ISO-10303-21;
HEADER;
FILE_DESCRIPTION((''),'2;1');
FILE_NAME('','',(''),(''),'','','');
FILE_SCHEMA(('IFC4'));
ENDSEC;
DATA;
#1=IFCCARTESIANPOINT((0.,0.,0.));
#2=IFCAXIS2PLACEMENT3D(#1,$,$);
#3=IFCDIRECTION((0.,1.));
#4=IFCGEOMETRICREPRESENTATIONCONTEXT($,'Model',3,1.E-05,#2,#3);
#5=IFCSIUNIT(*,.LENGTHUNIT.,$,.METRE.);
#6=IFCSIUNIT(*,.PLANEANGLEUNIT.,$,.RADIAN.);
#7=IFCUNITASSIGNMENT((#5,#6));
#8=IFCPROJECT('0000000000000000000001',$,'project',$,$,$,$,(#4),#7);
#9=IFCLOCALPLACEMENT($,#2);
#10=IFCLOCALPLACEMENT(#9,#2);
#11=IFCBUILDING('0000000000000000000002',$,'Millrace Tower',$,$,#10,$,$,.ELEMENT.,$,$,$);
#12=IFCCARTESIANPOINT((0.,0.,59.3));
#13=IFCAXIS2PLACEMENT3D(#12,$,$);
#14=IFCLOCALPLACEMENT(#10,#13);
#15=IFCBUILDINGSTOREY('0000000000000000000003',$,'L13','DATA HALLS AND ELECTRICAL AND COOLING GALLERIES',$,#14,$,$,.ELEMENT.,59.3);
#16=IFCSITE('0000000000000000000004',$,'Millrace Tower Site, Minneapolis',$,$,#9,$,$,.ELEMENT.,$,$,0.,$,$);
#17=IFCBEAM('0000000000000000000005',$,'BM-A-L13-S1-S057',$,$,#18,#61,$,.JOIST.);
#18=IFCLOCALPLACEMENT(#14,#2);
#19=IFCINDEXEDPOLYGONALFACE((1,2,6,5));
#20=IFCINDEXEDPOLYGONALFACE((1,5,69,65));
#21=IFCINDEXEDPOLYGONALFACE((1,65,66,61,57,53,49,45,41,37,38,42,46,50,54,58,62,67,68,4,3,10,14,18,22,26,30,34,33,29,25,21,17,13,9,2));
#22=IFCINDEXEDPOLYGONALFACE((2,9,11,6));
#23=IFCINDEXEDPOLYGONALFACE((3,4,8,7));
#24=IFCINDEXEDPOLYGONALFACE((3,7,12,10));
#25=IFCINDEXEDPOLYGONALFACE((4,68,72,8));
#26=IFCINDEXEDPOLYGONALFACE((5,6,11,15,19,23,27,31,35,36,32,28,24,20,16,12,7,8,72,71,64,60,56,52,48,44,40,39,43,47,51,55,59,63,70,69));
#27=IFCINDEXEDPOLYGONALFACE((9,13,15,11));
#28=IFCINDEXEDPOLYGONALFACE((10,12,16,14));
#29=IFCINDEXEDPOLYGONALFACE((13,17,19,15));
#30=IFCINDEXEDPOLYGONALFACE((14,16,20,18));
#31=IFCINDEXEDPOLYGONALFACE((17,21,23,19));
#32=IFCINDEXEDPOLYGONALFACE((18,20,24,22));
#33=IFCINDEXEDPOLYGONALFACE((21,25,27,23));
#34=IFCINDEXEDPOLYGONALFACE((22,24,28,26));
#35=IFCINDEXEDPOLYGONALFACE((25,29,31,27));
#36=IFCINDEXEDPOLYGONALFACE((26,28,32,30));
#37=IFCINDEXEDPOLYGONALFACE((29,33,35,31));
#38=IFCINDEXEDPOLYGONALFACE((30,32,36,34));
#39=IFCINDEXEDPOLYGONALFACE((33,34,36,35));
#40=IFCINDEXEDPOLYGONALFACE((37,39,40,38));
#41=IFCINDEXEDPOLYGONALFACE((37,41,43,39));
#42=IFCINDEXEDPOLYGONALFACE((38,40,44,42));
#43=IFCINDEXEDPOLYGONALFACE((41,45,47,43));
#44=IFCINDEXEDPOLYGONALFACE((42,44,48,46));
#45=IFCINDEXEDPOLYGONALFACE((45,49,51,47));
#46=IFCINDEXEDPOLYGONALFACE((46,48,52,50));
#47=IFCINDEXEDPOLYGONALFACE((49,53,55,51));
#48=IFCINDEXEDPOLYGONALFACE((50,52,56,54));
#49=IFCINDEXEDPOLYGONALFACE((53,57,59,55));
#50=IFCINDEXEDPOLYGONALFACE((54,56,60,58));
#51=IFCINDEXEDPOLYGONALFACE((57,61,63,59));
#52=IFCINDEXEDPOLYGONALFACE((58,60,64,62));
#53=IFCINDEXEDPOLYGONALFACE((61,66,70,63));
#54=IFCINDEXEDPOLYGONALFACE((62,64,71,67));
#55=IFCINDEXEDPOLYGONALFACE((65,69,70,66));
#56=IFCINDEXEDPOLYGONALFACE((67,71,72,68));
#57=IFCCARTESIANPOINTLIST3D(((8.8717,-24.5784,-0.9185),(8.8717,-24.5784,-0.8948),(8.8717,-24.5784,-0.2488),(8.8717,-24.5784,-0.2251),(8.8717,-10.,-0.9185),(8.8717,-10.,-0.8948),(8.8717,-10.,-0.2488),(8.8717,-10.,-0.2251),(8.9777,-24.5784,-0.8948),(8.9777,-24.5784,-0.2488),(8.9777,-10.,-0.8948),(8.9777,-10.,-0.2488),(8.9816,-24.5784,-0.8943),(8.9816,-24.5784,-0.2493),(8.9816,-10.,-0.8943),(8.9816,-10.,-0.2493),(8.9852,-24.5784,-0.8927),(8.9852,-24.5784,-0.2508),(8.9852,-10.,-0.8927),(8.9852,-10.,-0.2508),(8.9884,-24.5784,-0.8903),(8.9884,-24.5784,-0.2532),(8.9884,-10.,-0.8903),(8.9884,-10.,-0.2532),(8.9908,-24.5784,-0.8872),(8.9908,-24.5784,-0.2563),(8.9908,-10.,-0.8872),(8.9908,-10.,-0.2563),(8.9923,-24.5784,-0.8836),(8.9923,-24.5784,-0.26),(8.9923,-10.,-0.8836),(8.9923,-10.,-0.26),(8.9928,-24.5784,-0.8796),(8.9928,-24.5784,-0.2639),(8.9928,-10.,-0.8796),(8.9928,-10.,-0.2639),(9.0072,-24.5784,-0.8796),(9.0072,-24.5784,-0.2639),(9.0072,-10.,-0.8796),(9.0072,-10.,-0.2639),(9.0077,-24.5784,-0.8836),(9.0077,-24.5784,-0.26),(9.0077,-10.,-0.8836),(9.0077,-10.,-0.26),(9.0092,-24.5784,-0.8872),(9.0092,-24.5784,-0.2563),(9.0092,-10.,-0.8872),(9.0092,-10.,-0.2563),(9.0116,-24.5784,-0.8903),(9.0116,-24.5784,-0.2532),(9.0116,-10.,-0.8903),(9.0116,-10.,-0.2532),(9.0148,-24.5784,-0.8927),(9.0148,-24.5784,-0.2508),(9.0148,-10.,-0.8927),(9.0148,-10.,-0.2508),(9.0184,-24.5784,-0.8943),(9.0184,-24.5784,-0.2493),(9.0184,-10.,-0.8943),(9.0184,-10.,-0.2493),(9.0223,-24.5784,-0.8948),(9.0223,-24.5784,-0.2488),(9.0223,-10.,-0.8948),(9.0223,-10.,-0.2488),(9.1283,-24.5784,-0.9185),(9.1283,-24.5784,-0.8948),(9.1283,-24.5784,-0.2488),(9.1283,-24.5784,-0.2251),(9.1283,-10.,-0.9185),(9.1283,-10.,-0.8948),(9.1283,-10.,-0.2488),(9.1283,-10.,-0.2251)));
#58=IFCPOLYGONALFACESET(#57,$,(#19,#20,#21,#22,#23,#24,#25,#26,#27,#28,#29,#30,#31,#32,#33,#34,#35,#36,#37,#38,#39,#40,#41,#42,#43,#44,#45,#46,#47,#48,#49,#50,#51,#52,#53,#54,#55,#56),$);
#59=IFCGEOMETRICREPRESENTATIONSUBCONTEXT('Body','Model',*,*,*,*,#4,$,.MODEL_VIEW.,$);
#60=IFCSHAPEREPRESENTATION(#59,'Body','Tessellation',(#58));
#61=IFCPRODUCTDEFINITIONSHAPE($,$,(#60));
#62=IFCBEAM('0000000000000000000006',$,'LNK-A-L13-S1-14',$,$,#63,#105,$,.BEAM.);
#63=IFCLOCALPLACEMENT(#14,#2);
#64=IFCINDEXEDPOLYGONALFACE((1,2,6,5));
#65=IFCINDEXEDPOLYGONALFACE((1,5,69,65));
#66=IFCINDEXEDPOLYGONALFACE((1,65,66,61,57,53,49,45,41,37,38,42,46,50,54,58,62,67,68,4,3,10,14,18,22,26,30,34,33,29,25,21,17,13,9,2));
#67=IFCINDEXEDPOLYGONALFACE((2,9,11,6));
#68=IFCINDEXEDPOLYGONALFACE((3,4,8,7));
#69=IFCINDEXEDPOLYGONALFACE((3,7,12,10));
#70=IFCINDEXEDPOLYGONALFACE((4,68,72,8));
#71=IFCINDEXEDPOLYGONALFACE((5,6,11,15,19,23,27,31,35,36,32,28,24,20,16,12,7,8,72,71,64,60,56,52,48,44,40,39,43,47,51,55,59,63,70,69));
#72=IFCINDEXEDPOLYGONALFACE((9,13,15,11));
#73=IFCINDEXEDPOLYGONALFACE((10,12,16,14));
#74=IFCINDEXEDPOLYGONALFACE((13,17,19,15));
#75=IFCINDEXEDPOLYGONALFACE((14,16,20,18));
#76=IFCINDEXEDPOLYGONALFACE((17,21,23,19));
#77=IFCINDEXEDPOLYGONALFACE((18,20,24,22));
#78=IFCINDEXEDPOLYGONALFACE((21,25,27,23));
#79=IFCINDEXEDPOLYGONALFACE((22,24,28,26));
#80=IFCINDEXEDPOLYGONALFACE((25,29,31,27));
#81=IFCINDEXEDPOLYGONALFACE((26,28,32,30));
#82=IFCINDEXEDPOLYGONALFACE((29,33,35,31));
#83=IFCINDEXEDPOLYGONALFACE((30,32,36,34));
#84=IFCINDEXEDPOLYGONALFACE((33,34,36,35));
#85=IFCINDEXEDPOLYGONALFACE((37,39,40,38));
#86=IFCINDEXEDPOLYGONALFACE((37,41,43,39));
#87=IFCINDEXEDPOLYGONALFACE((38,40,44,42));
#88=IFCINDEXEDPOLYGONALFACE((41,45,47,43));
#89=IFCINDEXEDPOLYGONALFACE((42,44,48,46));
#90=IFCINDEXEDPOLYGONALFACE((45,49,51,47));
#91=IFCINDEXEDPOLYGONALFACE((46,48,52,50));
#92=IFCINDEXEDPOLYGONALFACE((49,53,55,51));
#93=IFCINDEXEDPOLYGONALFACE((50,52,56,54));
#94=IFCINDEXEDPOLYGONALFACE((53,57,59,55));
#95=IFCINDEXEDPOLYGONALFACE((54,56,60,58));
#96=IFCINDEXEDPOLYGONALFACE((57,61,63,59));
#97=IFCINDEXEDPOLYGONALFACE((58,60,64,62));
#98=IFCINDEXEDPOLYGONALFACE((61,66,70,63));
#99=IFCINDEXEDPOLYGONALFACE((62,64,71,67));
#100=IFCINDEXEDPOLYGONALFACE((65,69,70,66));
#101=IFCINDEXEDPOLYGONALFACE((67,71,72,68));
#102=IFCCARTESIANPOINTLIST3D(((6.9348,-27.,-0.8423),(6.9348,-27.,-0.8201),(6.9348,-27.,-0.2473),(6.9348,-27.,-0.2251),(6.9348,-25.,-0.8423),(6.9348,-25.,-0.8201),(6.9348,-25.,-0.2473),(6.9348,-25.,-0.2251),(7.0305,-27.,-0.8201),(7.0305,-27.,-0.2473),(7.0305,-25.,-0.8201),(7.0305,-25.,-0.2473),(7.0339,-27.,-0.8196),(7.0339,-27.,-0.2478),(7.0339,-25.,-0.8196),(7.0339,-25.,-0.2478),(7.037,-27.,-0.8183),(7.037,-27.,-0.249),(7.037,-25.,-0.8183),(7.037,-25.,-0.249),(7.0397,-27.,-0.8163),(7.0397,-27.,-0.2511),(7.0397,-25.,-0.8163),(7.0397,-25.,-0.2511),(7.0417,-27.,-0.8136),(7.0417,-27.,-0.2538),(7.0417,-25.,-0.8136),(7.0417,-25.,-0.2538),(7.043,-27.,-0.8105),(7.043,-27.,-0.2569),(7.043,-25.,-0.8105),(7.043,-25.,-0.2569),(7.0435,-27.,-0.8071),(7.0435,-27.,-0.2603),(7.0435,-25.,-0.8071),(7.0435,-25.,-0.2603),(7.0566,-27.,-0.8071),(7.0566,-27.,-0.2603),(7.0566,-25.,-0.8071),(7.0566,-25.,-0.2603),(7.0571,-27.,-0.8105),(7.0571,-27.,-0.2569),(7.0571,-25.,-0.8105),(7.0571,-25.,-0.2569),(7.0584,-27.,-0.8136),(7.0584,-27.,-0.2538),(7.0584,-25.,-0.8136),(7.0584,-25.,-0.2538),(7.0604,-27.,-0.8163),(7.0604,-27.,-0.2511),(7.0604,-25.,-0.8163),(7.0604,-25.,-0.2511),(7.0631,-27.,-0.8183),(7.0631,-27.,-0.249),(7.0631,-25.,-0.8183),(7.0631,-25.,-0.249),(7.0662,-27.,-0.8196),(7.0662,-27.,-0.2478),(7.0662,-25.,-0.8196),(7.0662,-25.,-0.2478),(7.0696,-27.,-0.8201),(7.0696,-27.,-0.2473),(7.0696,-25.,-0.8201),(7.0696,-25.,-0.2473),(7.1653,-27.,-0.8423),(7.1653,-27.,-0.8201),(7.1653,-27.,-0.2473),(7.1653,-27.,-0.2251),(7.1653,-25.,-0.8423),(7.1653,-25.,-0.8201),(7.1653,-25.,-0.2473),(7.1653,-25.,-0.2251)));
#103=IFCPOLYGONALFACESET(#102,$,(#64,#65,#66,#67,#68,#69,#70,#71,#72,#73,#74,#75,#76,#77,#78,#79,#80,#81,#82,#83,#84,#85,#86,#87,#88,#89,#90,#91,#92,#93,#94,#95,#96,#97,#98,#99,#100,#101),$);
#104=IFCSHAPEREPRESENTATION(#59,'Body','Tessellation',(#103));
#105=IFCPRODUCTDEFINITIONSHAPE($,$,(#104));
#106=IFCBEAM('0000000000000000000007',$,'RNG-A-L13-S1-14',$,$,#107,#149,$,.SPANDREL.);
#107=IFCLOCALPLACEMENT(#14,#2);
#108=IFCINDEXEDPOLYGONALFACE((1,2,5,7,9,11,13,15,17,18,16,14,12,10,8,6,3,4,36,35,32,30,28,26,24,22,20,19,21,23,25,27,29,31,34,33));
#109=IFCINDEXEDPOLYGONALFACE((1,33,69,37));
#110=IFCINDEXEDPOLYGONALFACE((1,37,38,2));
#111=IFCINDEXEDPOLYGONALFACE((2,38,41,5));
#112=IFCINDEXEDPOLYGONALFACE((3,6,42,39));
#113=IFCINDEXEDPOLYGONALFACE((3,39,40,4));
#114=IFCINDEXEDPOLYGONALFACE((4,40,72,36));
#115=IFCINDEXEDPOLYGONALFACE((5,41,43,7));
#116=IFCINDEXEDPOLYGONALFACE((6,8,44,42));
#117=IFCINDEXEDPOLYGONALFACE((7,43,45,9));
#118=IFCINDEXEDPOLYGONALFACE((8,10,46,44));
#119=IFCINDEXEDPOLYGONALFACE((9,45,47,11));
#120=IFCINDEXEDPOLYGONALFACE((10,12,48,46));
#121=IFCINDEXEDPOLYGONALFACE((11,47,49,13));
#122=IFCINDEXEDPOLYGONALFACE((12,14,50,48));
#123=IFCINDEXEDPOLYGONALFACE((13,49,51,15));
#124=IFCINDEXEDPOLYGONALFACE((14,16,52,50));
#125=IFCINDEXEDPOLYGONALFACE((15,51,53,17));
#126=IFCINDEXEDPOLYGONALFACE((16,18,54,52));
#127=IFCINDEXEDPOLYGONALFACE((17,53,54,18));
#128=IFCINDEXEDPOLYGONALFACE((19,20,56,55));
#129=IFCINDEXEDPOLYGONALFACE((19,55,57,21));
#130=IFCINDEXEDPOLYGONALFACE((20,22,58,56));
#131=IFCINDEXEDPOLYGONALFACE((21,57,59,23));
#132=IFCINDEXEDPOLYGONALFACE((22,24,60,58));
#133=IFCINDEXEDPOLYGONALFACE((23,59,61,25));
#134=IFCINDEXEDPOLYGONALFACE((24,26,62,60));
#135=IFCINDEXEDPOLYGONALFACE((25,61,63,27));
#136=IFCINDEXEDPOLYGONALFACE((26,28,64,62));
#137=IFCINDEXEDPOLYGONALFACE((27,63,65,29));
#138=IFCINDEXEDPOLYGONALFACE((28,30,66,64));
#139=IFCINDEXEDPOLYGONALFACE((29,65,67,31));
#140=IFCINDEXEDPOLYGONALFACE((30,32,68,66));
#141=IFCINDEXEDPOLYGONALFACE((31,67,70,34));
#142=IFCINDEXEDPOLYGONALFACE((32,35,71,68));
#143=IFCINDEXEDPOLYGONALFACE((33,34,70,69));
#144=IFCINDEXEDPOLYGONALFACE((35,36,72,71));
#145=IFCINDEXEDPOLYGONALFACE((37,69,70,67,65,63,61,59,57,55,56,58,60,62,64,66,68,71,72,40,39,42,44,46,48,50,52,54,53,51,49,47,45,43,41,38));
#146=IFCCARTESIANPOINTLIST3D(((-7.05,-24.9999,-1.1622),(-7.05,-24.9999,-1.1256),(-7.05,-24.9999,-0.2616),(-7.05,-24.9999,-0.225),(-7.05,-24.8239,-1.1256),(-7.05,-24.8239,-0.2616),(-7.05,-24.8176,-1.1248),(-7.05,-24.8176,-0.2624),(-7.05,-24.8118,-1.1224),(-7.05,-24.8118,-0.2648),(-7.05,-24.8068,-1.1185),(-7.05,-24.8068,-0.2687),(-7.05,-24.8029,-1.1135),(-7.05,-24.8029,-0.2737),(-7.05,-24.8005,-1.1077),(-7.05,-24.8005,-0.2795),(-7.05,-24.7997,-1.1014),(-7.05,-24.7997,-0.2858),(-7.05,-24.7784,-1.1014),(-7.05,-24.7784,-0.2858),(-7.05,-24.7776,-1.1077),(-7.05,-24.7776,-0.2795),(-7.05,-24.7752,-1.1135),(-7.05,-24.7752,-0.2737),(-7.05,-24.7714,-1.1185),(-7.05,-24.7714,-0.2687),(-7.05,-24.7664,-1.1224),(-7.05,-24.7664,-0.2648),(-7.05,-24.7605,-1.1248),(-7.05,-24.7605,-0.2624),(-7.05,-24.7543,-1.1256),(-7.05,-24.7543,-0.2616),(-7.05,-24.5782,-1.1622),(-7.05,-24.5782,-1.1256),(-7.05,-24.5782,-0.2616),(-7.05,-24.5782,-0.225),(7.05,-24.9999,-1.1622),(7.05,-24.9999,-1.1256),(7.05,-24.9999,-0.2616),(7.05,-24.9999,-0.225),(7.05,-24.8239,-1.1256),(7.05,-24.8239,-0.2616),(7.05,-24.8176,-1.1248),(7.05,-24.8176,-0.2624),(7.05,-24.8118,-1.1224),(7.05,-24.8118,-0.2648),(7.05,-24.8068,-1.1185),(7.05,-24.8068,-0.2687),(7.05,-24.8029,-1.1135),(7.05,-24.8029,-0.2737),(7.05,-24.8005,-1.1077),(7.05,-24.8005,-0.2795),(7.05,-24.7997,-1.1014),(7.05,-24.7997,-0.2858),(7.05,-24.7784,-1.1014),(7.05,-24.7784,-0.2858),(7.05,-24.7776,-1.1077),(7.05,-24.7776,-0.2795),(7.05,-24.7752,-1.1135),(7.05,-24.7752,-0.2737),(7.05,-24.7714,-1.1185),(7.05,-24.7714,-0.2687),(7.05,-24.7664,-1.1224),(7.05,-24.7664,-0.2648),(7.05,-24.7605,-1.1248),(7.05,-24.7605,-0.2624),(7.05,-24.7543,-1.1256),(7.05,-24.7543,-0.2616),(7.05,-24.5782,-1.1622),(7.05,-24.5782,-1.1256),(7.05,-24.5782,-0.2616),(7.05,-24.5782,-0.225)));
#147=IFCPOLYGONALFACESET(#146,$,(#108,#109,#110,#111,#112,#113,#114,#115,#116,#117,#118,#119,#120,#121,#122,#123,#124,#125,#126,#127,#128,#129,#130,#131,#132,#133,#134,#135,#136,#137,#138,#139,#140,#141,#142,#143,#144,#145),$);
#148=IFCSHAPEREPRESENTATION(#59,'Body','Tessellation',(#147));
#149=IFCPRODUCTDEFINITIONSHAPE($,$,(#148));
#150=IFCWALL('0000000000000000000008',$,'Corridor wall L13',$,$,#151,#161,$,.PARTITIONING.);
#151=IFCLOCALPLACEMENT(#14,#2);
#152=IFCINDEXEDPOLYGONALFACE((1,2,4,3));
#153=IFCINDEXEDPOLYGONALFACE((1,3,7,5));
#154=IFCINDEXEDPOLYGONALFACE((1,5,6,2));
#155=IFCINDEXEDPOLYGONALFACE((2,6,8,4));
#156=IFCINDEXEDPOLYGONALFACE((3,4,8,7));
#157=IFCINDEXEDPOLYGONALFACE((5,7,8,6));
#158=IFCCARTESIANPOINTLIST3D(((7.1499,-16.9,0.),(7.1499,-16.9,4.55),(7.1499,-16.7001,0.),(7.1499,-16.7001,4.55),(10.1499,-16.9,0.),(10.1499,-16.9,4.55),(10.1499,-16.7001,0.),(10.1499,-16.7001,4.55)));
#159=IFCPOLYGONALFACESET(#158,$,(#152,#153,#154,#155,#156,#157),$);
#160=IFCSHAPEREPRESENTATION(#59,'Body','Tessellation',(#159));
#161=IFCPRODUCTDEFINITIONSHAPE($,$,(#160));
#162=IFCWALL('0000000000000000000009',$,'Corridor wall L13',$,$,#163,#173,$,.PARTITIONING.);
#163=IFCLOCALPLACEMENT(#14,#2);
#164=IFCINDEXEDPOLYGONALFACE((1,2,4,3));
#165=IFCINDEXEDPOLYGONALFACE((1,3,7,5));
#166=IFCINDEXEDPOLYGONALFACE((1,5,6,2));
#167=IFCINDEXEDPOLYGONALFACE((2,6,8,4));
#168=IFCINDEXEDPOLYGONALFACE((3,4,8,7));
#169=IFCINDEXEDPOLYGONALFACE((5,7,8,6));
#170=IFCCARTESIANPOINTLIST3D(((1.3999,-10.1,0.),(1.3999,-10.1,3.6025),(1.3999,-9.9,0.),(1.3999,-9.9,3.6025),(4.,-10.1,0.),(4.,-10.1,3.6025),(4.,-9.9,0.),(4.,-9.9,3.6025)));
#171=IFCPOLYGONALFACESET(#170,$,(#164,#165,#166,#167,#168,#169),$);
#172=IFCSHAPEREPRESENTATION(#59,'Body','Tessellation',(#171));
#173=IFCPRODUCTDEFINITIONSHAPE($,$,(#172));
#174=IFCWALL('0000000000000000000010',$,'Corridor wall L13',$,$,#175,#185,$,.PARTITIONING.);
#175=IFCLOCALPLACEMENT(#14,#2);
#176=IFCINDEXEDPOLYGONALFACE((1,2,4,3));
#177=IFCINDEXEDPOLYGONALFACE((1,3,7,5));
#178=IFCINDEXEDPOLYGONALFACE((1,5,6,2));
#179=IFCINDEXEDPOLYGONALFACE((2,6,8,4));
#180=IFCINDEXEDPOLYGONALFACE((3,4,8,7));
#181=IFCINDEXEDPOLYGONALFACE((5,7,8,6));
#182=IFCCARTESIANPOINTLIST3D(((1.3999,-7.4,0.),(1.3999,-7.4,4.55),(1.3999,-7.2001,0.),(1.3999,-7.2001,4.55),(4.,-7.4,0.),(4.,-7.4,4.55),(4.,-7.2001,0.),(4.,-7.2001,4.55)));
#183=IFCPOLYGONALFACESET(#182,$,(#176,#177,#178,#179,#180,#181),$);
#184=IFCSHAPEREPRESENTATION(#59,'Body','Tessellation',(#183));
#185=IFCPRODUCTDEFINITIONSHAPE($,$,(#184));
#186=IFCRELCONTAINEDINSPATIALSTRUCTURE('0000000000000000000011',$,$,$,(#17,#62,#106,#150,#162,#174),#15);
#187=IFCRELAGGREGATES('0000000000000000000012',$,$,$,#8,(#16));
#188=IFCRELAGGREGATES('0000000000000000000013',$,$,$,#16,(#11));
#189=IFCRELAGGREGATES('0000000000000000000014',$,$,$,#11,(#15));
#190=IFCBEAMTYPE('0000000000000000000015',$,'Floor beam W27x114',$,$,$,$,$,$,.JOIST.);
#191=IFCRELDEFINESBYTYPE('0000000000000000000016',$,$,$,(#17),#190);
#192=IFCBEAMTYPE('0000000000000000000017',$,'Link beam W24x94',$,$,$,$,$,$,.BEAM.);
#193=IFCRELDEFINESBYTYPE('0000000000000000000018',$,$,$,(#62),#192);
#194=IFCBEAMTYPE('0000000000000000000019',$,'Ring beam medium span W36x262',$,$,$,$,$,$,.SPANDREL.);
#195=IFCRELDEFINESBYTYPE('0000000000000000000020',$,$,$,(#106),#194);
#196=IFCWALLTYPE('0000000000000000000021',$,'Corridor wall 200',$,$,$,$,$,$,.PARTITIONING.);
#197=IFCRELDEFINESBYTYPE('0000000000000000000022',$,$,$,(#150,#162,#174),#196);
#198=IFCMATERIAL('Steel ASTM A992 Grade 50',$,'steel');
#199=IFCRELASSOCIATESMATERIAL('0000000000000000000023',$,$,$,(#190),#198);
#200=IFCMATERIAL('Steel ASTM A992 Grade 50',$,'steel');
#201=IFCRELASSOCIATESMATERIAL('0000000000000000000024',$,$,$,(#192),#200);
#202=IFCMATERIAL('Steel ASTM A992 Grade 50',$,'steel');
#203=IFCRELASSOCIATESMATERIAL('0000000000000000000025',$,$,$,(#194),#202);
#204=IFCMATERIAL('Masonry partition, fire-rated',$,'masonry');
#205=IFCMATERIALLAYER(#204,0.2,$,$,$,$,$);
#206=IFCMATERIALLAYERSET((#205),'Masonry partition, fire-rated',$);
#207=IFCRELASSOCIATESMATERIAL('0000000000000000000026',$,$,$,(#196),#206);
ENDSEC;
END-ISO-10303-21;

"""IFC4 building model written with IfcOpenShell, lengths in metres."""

from ifc_helpers import new_model, si_unit, direction, frame, frame_2d, origin, origin_2d, place, context, subcontext, project, spatial, rectangle, i_section, extrude, material, layer, layer_set, material_profile, profile_set, type_object, element, save


model = new_model("IFC4")

# Units and contexts
model_context = context("Model", 3, precision=1e-05, world=origin(), true_north=direction((0.0, 1.0)))
body_context = subcontext(model_context, "Body", "Model", "MODEL_VIEW")
ifc_project = project(units=[si_unit("LENGTHUNIT", "METRE"), si_unit("PLANEANGLEUNIT", "RADIAN")], contexts=[model_context])

# Site, building, storey
site_placement = place(None, origin())
site = spatial("IfcSite", under=ifc_project, at=site_placement, Name="Millrace Tower Site, Minneapolis", CompositionType="ELEMENT", RefElevation=0.0)
building_placement = place(site_placement, origin())
building = spatial("IfcBuilding", under=site, at=building_placement, Name="Millrace Tower", CompositionType="ELEMENT")
storey_placement = place(building_placement, frame((0.0, 0.0, 59.3)))
storey = spatial("IfcBuildingStorey", under=building, at=storey_placement, Name="L13", Description="DATA HALLS AND ELECTRICAL AND COOLING GALLERIES", CompositionType="ELEMENT", Elevation=59.3)

# Beams
ifc_material_1 = material(Name="Steel ASTM A992 Grade 50", Category="steel")
ifc_material_profile_1 = material_profile(ifc_material_1, i_section(OverallWidth=0.2566, OverallDepth=0.6934, WebThickness=0.0144, FlangeThickness=0.0237, FilletRadius=0.0151, at=origin_2d()))
ifc_profile_set_1 = profile_set([ifc_material_profile_1], Name="Steel ASTM A992 Grade 50")
beam_type_1 = type_object("IfcBeamType", Name="Floor beam W27x114", PredefinedType="JOIST", material=ifc_profile_set_1)
for number, where, z_axis, x_axis, name in (
    (1, (9.0, -24.5784, -0.5718), (0.0, 1.0, 0.0), (-1.0, 0.0, 0.0), "BM-A-L13-S1-S057"),
):
    element("IfcBeam", number, at=place(storey_placement, frame(where, z_axis=z_axis, x_axis=x_axis)), inside=storey, type_object=beam_type_1, Name=name, PredefinedType="JOIST", context=body_context, shape_type="SweptSolid", body=[
        extrude(i_section(OverallWidth=0.2566, OverallDepth=0.6934, WebThickness=0.0144, FlangeThickness=0.0237, FilletRadius=0.0151, at=origin_2d()), origin(), (0.0, 0.0, 1.0), 14.5784),
    ])
ifc_material_2 = material(Name="Steel ASTM A992 Grade 50", Category="steel")
ifc_material_profile_2 = material_profile(ifc_material_2, i_section(OverallWidth=0.2305, OverallDepth=0.6172, WebThickness=0.0132, FlangeThickness=0.0222, FilletRadius=0.0129, at=origin_2d()))
ifc_profile_set_2 = profile_set([ifc_material_profile_2], Name="Steel ASTM A992 Grade 50")
beam_type_2 = type_object("IfcBeamType", Name="Link beam W24x94", PredefinedType="BEAM", material=ifc_profile_set_2)
beam_1_placement = place(storey_placement, frame((7.05, -25.0, -0.5337), z_axis=(0.0, -1.0, 0.0), x_axis=(1.0, 0.0, 0.0)))
element("IfcBeam", 2, at=beam_1_placement, inside=storey, type_object=beam_type_2, Name="LNK-A-L13-S1-14", PredefinedType="BEAM", context=body_context, shape_type="SweptSolid", body=[
    extrude(i_section(OverallWidth=0.2305, OverallDepth=0.6172, WebThickness=0.0132, FlangeThickness=0.0222, FilletRadius=0.0129, at=origin_2d()), origin(), (0.0, 0.0, 1.0), 2.0),
])
ifc_material_3 = material(Name="Steel ASTM A992 Grade 50", Category="steel")
ifc_material_profile_3 = material_profile(ifc_material_3, i_section(OverallWidth=0.4216, OverallDepth=0.9373, WebThickness=0.0212, FlangeThickness=0.0366, FilletRadius=0.0242, at=origin_2d()))
ifc_profile_set_3 = profile_set([ifc_material_profile_3], Name="Steel ASTM A992 Grade 50")
beam_type_3 = type_object("IfcBeamType", Name="Ring beam medium span W36x262", PredefinedType="SPANDREL", material=ifc_profile_set_3)
beam_2_placement = place(storey_placement, frame((7.05, -24.7891, -0.6936), z_axis=(-1.0, 0.0, 0.0), x_axis=(0.0, -1.0, 0.0)))
element("IfcBeam", 3, at=beam_2_placement, inside=storey, type_object=beam_type_3, Name="RNG-A-L13-S1-14", PredefinedType="SPANDREL", context=body_context, shape_type="SweptSolid", body=[
    extrude(i_section(OverallWidth=0.4216, OverallDepth=0.9373, WebThickness=0.0212, FlangeThickness=0.0366, FilletRadius=0.0242, at=origin_2d()), origin(), (0.0, 0.0, 1.0), 14.1001),
])

# Walls
ifc_material_4 = material(Name="Masonry partition, fire-rated", Category="masonry")
ifc_layer_1 = layer(ifc_material_4, 0.2)
ifc_layer_set_1 = layer_set([ifc_layer_1], Name="Masonry partition, fire-rated")
wall_type = type_object("IfcWallType", Name="Corridor wall 200", PredefinedType="PARTITIONING", material=ifc_layer_set_1)
wall_1_placement = place(storey_placement, frame((7.1499, -16.8, 0.0), z_axis=(0.0, 0.0, 1.0), x_axis=(1.0, 0.0, 0.0)))
element("IfcWall", 4, at=wall_1_placement, inside=storey, type_object=wall_type, Name="Corridor wall L13", PredefinedType="PARTITIONING", context=body_context, shape_type="SweptSolid", body=[
    extrude(rectangle(XDim=3.0, YDim=0.2, at=frame_2d((1.5, 0.0))), origin(), (0.0, 0.0, 1.0), 4.55),
])
wall_2_placement = place(storey_placement, frame((1.3999, -10.0, 0.0), z_axis=(0.0, 0.0, 1.0), x_axis=(1.0, 0.0, 0.0)))
element("IfcWall", 5, at=wall_2_placement, inside=storey, type_object=wall_type, Name="Corridor wall L13", PredefinedType="PARTITIONING", context=body_context, shape_type="SweptSolid", body=[
    extrude(rectangle(XDim=2.6001, YDim=0.2, at=frame_2d((1.3, 0.0))), origin(), (0.0, 0.0, 1.0), 3.6025),
])
wall_3_placement = place(storey_placement, frame((1.3999, -7.3, 0.0), z_axis=(0.0, 0.0, 1.0), x_axis=(1.0, 0.0, 0.0)))
element("IfcWall", 6, at=wall_3_placement, inside=storey, type_object=wall_type, Name="Corridor wall L13", PredefinedType="PARTITIONING", context=body_context, shape_type="SweptSolid", body=[
    extrude(rectangle(XDim=2.6001, YDim=0.2, at=frame_2d((1.3, 0.0))), origin(), (0.0, 0.0, 1.0), 4.55),
])

save(model, "model.ifc")
